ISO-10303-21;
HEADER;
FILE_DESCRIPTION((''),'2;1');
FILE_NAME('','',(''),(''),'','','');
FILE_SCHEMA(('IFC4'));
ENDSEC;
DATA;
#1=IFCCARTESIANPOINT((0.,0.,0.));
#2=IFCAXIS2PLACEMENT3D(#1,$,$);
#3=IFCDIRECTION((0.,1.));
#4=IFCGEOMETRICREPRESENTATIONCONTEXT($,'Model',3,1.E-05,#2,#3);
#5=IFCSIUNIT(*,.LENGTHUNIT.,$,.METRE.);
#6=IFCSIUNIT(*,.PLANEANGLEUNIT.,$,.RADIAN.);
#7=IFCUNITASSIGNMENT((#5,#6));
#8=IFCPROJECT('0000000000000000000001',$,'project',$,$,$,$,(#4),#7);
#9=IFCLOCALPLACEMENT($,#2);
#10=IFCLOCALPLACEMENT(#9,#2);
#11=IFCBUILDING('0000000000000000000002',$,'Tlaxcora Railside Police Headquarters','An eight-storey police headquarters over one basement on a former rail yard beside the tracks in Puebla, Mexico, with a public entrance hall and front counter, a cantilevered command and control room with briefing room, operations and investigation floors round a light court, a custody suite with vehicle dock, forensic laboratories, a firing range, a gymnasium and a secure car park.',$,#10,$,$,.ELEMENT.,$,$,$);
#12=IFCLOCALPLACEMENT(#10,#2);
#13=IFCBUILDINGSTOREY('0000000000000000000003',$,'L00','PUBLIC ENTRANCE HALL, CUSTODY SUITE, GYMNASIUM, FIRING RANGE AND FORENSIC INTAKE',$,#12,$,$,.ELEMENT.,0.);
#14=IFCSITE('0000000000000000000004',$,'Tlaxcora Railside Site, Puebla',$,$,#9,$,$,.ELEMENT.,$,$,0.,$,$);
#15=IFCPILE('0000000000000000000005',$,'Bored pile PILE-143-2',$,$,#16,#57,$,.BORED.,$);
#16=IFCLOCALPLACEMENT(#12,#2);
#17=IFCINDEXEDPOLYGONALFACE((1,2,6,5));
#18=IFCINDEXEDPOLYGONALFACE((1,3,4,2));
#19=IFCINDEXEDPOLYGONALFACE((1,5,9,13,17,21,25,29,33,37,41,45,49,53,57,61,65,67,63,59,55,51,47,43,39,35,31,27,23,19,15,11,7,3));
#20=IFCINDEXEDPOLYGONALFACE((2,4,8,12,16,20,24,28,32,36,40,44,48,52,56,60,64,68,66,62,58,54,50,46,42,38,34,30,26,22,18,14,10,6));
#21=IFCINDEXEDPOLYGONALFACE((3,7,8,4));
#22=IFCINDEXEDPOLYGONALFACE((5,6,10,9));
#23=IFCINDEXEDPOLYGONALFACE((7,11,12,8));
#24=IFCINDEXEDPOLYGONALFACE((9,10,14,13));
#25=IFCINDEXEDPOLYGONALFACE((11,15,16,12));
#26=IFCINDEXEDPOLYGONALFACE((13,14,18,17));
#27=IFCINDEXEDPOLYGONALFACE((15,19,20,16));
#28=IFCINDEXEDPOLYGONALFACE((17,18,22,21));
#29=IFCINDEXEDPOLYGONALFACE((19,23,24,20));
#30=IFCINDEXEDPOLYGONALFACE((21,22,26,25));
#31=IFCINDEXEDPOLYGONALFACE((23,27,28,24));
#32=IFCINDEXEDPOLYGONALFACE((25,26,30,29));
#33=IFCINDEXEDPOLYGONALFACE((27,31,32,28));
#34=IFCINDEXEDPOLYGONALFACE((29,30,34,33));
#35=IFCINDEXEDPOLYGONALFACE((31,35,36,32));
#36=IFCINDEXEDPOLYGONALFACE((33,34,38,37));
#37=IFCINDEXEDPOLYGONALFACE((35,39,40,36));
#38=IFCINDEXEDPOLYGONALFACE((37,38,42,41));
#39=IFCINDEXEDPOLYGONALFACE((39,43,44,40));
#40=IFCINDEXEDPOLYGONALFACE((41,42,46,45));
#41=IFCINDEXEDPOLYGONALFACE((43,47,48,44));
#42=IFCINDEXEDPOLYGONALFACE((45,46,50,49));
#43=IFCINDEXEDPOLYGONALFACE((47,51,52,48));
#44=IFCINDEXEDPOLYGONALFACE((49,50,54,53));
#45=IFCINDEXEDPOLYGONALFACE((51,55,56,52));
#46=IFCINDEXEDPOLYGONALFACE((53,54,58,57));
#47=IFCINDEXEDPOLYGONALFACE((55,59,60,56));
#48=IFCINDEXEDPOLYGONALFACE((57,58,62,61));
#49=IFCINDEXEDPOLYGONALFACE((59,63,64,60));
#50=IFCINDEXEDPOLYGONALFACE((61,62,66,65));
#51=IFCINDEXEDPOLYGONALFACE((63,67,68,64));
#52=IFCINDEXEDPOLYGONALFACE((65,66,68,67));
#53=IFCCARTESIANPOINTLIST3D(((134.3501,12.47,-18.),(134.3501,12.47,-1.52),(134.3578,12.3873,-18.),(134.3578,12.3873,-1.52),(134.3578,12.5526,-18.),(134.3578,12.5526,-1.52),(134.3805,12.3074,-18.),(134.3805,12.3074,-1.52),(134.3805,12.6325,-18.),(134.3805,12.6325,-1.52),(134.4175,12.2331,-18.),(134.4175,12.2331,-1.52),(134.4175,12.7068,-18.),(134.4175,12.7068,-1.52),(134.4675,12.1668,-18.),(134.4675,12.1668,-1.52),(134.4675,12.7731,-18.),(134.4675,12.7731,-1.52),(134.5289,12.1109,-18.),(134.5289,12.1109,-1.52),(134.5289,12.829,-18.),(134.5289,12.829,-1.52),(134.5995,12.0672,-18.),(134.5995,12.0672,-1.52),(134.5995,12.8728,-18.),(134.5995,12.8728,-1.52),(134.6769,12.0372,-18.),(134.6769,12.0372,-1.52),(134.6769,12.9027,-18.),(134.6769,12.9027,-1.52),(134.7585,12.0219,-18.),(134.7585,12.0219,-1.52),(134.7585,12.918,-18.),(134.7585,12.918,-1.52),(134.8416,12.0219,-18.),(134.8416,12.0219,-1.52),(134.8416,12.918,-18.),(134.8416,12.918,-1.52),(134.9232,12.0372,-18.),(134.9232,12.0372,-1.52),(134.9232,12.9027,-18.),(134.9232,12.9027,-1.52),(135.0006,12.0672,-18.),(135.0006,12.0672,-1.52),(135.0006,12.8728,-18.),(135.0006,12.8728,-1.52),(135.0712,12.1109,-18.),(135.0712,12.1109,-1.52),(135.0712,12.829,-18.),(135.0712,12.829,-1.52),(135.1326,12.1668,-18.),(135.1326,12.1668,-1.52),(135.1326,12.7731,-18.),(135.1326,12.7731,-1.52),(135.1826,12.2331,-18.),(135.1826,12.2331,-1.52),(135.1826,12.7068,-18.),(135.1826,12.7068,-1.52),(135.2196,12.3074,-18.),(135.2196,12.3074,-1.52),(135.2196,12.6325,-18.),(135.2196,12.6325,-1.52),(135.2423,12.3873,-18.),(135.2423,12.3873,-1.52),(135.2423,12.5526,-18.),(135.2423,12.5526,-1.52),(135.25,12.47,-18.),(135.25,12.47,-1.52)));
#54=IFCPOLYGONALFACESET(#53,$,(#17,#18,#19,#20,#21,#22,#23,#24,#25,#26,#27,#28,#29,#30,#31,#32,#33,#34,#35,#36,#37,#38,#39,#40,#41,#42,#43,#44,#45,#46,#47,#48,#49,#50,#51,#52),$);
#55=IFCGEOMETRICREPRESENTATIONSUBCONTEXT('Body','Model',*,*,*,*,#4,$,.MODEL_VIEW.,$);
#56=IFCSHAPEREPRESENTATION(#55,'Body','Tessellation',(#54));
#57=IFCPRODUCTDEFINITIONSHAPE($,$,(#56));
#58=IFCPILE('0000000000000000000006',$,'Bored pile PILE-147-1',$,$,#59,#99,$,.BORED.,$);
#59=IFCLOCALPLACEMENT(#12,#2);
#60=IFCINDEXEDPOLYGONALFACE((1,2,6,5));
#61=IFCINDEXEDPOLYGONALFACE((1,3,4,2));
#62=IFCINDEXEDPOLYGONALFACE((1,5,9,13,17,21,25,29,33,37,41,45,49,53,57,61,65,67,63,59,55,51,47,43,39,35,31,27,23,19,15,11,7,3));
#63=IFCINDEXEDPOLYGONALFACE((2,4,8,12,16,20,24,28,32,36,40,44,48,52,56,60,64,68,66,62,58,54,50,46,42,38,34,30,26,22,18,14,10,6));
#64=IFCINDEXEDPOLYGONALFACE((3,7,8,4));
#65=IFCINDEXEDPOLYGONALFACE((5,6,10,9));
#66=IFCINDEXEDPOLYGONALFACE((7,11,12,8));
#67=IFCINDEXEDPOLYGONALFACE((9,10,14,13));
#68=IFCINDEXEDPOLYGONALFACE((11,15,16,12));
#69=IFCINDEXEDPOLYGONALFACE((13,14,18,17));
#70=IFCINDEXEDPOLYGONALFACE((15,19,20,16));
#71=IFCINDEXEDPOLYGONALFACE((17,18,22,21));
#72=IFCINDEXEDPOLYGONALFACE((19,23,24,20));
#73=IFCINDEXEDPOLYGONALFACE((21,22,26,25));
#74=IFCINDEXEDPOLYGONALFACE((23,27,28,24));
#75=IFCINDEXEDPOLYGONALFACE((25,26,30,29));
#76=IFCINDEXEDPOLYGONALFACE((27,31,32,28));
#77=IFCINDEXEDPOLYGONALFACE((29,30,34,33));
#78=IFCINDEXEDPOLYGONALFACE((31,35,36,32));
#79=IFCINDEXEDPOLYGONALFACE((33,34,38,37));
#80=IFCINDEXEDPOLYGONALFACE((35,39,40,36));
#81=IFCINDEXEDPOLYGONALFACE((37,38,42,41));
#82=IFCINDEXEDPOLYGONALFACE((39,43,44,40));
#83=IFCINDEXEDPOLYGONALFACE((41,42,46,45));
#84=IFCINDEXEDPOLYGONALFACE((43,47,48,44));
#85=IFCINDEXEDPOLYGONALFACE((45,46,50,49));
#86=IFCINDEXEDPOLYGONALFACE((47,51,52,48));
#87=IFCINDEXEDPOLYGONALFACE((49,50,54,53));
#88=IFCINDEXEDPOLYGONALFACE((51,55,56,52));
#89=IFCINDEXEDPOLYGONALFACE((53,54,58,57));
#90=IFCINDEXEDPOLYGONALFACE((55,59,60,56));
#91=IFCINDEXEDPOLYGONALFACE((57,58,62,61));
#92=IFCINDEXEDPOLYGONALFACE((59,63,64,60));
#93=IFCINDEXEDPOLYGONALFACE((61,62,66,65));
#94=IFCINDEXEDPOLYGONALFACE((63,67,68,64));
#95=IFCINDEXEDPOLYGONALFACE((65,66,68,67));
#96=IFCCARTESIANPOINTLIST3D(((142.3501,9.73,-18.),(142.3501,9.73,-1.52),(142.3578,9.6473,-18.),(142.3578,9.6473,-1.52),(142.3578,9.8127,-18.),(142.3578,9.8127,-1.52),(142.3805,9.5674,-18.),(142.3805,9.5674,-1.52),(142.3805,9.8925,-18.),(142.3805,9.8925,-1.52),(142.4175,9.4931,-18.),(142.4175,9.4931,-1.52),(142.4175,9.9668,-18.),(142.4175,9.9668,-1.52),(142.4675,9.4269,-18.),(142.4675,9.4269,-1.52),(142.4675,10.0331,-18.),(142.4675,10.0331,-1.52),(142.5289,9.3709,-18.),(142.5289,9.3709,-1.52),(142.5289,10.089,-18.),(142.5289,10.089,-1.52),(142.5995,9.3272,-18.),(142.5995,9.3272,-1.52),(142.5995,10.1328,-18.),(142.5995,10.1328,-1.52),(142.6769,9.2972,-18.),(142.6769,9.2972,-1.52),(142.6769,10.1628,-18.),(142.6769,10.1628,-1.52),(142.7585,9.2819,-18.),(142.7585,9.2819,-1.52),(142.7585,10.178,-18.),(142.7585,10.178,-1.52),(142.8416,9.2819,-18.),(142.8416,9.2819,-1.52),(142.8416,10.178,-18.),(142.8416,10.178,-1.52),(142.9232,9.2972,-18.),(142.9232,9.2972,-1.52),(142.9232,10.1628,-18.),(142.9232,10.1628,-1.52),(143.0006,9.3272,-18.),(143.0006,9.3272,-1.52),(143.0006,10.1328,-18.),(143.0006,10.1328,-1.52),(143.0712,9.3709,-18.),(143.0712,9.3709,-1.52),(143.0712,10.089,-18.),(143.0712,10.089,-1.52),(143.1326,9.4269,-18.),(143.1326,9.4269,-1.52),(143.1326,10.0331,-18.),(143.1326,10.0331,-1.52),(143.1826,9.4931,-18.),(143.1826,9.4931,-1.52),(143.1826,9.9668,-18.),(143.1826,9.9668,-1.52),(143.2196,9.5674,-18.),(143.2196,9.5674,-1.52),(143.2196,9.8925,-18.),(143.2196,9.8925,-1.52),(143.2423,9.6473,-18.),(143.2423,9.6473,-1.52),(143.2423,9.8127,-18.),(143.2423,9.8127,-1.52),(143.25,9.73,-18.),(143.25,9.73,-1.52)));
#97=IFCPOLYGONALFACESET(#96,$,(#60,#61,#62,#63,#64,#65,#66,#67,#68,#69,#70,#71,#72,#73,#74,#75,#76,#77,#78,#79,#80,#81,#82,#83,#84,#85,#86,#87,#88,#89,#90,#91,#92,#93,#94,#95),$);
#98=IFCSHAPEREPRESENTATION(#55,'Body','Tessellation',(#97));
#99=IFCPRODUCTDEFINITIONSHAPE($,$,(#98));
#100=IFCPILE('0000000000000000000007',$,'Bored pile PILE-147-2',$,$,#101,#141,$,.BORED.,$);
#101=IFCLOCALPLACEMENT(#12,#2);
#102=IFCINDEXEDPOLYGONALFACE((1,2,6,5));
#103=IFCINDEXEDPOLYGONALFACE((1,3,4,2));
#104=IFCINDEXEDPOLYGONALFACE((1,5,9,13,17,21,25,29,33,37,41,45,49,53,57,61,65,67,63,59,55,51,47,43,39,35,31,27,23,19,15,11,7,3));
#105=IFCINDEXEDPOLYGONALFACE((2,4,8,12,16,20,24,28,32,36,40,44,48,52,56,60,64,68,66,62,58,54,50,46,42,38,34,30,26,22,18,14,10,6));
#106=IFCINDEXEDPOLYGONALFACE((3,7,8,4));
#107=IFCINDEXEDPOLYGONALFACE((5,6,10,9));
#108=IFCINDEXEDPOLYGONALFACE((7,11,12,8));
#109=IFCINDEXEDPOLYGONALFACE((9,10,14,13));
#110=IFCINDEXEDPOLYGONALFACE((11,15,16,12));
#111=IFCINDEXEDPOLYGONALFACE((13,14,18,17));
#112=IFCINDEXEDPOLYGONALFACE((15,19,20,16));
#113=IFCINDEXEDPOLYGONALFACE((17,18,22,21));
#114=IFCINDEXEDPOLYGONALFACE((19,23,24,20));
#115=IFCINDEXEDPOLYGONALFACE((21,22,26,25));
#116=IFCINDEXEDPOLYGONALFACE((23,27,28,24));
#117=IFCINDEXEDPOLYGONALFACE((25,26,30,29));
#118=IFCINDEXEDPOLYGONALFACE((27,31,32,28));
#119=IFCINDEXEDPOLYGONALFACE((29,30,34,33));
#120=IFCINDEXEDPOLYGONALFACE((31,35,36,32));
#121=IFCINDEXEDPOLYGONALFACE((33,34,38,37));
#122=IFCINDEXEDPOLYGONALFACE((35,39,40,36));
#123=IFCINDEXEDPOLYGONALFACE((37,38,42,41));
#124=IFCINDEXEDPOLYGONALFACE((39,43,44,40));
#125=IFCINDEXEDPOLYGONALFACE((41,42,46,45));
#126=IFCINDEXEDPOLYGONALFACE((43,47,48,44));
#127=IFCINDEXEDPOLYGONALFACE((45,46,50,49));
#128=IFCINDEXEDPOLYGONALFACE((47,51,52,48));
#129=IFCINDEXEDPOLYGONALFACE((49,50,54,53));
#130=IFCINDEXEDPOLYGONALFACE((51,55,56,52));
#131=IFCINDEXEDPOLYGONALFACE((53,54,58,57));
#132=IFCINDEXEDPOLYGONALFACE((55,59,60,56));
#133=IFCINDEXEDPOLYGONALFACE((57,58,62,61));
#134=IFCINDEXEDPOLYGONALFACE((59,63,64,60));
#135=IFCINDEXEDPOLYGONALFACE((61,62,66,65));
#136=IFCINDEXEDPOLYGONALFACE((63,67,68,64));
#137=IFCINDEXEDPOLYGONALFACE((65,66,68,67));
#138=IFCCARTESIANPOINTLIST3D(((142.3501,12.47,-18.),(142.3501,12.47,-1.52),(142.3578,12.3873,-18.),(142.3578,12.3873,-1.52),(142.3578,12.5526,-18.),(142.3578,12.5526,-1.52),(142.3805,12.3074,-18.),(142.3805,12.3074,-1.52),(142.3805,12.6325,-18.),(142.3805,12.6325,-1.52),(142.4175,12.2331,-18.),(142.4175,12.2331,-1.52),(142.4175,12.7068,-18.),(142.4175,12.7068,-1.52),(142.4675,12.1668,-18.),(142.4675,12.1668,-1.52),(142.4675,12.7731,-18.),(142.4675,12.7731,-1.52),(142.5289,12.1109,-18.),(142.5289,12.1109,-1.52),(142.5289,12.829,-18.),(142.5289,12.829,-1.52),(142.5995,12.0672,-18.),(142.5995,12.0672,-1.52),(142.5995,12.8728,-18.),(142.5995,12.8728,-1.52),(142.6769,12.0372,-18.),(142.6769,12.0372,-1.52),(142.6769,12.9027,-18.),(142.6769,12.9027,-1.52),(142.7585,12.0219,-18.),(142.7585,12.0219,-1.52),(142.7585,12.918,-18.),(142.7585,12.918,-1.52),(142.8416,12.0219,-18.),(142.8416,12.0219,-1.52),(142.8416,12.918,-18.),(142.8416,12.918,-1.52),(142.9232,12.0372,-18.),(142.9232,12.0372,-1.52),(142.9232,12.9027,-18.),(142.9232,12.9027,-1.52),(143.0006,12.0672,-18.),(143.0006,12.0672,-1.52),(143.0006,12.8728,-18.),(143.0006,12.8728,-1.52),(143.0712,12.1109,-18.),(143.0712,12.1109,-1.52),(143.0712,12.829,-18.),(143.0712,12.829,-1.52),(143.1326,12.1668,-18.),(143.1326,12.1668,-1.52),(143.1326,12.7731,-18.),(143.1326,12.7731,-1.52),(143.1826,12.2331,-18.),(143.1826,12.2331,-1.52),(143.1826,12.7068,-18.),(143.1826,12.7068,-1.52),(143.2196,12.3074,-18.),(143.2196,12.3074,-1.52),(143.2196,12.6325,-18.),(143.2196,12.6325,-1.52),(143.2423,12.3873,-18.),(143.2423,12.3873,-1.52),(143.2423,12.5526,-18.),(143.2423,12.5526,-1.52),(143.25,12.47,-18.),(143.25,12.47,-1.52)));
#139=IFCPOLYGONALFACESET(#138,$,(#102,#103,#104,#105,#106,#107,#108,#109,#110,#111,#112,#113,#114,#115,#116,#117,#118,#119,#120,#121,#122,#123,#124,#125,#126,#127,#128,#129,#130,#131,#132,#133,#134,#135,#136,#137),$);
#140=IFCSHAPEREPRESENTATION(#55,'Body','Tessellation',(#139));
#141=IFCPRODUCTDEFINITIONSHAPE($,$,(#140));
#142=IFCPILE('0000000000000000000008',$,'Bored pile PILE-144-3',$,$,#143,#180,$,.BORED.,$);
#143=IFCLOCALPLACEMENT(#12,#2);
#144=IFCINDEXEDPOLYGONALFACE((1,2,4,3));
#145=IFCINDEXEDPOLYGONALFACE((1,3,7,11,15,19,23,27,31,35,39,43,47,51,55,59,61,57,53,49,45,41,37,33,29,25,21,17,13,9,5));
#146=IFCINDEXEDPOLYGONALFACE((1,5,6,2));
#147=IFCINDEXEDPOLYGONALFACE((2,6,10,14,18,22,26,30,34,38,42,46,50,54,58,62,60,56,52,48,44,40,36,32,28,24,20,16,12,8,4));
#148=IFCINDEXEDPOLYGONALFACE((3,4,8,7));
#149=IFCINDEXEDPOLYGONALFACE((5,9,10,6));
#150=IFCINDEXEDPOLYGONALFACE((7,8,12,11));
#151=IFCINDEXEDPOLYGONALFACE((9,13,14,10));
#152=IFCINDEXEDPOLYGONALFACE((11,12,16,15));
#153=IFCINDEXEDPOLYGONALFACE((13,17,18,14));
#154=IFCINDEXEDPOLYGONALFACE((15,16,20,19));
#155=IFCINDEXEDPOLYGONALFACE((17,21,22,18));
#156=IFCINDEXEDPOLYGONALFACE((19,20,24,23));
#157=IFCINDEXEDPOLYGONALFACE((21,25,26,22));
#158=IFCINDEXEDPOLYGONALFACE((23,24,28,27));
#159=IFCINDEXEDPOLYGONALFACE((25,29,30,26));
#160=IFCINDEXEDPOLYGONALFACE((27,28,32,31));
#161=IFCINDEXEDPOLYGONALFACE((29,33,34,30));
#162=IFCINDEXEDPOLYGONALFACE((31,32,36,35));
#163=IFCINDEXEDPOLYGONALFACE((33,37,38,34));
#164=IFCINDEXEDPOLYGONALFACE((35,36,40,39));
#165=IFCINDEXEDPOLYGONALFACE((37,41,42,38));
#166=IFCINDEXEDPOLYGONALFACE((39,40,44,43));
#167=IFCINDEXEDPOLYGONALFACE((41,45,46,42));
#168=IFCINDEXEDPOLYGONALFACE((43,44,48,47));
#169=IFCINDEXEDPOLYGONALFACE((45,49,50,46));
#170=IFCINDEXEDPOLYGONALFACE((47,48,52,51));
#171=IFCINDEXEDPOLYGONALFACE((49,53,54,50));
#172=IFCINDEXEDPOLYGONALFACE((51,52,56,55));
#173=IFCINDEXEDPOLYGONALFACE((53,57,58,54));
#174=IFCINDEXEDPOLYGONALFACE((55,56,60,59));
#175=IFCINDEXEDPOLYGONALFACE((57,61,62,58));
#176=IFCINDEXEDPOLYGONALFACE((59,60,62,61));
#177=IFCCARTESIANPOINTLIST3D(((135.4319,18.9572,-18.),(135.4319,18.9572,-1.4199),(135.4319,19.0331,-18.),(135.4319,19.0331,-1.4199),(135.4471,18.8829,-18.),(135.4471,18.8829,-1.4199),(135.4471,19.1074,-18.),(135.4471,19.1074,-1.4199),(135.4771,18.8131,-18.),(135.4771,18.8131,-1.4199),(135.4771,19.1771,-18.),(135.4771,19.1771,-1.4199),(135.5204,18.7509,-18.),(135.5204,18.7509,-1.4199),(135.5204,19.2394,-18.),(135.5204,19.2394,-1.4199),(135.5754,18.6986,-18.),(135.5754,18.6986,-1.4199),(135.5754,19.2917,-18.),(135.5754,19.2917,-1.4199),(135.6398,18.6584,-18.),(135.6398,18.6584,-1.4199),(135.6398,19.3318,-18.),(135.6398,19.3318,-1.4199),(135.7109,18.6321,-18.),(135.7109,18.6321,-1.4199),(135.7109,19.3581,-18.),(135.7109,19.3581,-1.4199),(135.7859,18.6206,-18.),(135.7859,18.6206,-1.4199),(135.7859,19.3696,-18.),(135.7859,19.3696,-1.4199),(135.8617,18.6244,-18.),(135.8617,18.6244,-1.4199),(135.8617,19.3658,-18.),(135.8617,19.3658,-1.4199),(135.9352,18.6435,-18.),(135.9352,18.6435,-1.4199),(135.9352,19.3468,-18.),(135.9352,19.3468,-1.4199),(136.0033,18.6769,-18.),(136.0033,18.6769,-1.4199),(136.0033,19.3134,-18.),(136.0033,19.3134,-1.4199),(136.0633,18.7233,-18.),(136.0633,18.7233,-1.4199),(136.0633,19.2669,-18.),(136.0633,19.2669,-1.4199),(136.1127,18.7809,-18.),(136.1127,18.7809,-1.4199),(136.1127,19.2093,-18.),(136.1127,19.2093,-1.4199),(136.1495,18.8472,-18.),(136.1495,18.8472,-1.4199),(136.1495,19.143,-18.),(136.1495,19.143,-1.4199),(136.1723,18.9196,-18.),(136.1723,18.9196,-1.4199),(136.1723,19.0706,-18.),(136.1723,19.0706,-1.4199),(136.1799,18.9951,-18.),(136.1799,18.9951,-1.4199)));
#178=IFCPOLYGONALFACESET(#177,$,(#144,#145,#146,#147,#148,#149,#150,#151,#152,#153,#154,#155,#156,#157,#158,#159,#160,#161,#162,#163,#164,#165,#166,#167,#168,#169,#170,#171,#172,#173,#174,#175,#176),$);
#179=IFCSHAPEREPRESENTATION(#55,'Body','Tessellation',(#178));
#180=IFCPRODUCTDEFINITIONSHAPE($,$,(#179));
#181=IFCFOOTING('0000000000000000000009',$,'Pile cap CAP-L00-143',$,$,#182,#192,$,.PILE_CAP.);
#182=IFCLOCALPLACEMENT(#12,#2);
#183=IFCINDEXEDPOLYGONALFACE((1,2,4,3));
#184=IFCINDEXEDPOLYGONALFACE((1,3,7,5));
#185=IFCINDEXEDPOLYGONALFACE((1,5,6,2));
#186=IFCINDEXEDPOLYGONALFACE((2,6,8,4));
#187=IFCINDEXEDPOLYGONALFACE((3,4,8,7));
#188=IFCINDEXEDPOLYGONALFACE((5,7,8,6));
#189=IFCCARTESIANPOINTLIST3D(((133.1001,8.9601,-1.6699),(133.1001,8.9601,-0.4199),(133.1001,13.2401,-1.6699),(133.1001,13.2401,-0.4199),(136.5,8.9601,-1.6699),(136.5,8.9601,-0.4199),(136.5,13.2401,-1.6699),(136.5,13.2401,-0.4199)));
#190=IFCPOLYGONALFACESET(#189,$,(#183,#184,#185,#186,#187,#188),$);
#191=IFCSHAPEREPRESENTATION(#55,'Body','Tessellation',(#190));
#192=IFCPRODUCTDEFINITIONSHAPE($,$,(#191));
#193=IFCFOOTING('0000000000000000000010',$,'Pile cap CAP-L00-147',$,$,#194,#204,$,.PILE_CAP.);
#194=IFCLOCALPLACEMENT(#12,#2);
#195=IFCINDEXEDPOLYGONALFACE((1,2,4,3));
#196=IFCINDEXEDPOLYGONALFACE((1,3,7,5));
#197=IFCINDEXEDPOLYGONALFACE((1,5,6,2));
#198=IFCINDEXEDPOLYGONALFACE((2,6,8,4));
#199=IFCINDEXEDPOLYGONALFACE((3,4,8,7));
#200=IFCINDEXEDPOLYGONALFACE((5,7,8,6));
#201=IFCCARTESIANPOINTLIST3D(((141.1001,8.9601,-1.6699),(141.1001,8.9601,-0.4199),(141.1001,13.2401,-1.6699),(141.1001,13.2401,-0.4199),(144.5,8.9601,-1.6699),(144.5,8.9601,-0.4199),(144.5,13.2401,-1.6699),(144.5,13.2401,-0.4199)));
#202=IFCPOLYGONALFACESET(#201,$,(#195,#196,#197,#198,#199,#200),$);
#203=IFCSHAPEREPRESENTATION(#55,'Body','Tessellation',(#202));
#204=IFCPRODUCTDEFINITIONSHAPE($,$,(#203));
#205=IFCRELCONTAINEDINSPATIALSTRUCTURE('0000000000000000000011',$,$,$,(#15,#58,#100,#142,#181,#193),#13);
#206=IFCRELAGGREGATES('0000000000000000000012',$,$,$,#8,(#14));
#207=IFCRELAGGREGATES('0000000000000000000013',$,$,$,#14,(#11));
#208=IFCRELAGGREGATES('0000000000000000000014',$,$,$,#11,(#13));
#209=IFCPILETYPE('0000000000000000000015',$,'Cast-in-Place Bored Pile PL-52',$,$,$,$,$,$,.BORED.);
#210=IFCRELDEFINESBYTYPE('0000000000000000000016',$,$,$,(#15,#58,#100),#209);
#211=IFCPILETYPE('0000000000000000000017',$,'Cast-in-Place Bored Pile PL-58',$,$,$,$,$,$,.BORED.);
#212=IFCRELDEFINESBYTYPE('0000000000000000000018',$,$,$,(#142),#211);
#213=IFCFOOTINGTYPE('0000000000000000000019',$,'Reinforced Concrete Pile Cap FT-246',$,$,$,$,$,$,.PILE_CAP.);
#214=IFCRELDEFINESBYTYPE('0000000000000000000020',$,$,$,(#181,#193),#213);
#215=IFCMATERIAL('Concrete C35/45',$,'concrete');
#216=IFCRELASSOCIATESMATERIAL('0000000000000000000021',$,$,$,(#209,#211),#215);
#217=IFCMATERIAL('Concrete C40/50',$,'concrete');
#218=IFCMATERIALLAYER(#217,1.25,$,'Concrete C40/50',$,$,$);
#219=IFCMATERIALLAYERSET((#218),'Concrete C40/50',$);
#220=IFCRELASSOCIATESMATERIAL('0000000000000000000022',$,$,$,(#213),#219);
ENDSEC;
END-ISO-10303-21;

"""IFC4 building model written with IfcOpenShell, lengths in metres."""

from ifc_helpers import new_model, si_unit, direction, frame, origin, origin_2d, place, context, subcontext, project, spatial, rectangle, circle, extrude, material, layer, layer_set, material_profile, profile_set, type_object, element, save


model = new_model("IFC4")

# Units and contexts
model_context = context("Model", 3, precision=1e-05, world=origin(), true_north=direction((0.0, 1.0)))
body_context = subcontext(model_context, "Body", "Model", "MODEL_VIEW")
ifc_project = project(units=[si_unit("LENGTHUNIT", "METRE"), si_unit("PLANEANGLEUNIT", "RADIAN")], contexts=[model_context])

# Site, building, storey
site_placement = place(None, origin())
site = spatial("IfcSite", under=ifc_project, at=site_placement, Name="Tlaxcora Railside Site, Puebla", CompositionType="ELEMENT", RefElevation=0.0)
building_placement = place(site_placement, origin())
building = spatial("IfcBuilding", under=site, at=building_placement, Name="Tlaxcora Railside Police Headquarters", Description="An eight-storey police headquarters over one basement on a former rail yard beside the tracks in Puebla, Mexico, with a public entrance hall and front counter, a cantilevered command and control room with briefing room, operations and investigation floors round a light court, a custody suite with vehicle dock, forensic laboratories, a firing range, a gymnasium and a secure car park.", CompositionType="ELEMENT")
storey_placement = place(building_placement, origin())
storey = spatial("IfcBuildingStorey", under=building, at=storey_placement, Name="L00", Description="PUBLIC ENTRANCE HALL, CUSTODY SUITE, GYMNASIUM, FIRING RANGE AND FORENSIC INTAKE", CompositionType="ELEMENT", Elevation=0.0)

# Piles
ifc_material_1 = material(Name="Concrete C35/45", Category="concrete")
ifc_material_profile_1 = material_profile(ifc_material_1, circle(Radius=0.45, at=origin_2d()), Name="PILE900")
ifc_profile_set_1 = profile_set([ifc_material_profile_1], Name="Concrete C35/45")
pile_type_1 = type_object("IfcPileType", Name="Cast-in-Place Bored Pile PL-52", PredefinedType="BORED", material=ifc_profile_set_1)
for number, where, z_axis, x_axis, name in (
    (1, (134.8, 12.47, -1.52), (0.0, 0.0, -1.0), (1.0, 0.0, 0.0), "Bored pile PILE-143-2"),
    (2, (142.8, 9.73, -1.52), (0.0, 0.0, -1.0), (1.0, 0.0, 0.0), "Bored pile PILE-147-1"),
    (3, (142.8, 12.47, -1.52), (0.0, 0.0, -1.0), (1.0, 0.0, 0.0), "Bored pile PILE-147-2"),
):
    element("IfcPile", number, at=place(storey_placement, frame(where, z_axis=z_axis, x_axis=x_axis)), inside=storey, type_object=pile_type_1, Name=name, PredefinedType="BORED", context=body_context, shape_type="SweptSolid", body=[
        extrude(circle(Radius=0.45, at=origin_2d()), origin(), (0.0, 0.0, 1.0), 16.48),
    ])
ifc_material_profile_2 = material_profile(ifc_material_1, circle(Radius=0.375, at=origin_2d()), Name="PILE750")
ifc_profile_set_2 = profile_set([ifc_material_profile_2], Name="Concrete C35/45")
pile_type_2 = type_object("IfcPileType", Name="Cast-in-Place Bored Pile PL-58", PredefinedType="BORED", material=ifc_profile_set_2)
pile_placement = place(storey_placement, frame((135.8049, 18.9951, -1.4199), z_axis=(0.0, 0.0, -1.0), x_axis=(1.0, 0.0, 0.0)))
element("IfcPile", 4, at=pile_placement, inside=storey, type_object=pile_type_2, Name="Bored pile PILE-144-3", PredefinedType="BORED", context=body_context, shape_type="SweptSolid", body=[
    extrude(circle(Radius=0.375, at=origin_2d()), origin(), (0.0, 0.0, 1.0), 16.5801),
])

# Footings
ifc_material_2 = material(Name="Concrete C40/50", Category="concrete")
ifc_layer_1 = layer(ifc_material_2, 1.25, Name="Concrete C40/50")
ifc_layer_set_1 = layer_set([ifc_layer_1], Name="Concrete C40/50")
footing_type_1 = type_object("IfcFootingType", Name="Reinforced Concrete Pile Cap FT-246", PredefinedType="PILE_CAP", material=ifc_layer_set_1)
for number, where, z_axis, x_axis, name in (
    (5, (134.8, 11.1001, -1.6699), (0.0, 0.0, 1.0), (1.0, 0.0, 0.0), "Pile cap CAP-L00-143"),
    (6, (142.8, 11.1001, -1.6699), (0.0, 0.0, 1.0), (1.0, 0.0, 0.0), "Pile cap CAP-L00-147"),
):
    element("IfcFooting", number, at=place(storey_placement, frame(where, z_axis=z_axis, x_axis=x_axis)), inside=storey, type_object=footing_type_1, Name=name, PredefinedType="PILE_CAP", context=body_context, shape_type="SweptSolid", body=[
        extrude(rectangle(XDim=3.3999, YDim=4.28, at=origin_2d()), origin(), (0.0, 0.0, 1.0), 1.25),
    ])

save(model, "model.ifc")
